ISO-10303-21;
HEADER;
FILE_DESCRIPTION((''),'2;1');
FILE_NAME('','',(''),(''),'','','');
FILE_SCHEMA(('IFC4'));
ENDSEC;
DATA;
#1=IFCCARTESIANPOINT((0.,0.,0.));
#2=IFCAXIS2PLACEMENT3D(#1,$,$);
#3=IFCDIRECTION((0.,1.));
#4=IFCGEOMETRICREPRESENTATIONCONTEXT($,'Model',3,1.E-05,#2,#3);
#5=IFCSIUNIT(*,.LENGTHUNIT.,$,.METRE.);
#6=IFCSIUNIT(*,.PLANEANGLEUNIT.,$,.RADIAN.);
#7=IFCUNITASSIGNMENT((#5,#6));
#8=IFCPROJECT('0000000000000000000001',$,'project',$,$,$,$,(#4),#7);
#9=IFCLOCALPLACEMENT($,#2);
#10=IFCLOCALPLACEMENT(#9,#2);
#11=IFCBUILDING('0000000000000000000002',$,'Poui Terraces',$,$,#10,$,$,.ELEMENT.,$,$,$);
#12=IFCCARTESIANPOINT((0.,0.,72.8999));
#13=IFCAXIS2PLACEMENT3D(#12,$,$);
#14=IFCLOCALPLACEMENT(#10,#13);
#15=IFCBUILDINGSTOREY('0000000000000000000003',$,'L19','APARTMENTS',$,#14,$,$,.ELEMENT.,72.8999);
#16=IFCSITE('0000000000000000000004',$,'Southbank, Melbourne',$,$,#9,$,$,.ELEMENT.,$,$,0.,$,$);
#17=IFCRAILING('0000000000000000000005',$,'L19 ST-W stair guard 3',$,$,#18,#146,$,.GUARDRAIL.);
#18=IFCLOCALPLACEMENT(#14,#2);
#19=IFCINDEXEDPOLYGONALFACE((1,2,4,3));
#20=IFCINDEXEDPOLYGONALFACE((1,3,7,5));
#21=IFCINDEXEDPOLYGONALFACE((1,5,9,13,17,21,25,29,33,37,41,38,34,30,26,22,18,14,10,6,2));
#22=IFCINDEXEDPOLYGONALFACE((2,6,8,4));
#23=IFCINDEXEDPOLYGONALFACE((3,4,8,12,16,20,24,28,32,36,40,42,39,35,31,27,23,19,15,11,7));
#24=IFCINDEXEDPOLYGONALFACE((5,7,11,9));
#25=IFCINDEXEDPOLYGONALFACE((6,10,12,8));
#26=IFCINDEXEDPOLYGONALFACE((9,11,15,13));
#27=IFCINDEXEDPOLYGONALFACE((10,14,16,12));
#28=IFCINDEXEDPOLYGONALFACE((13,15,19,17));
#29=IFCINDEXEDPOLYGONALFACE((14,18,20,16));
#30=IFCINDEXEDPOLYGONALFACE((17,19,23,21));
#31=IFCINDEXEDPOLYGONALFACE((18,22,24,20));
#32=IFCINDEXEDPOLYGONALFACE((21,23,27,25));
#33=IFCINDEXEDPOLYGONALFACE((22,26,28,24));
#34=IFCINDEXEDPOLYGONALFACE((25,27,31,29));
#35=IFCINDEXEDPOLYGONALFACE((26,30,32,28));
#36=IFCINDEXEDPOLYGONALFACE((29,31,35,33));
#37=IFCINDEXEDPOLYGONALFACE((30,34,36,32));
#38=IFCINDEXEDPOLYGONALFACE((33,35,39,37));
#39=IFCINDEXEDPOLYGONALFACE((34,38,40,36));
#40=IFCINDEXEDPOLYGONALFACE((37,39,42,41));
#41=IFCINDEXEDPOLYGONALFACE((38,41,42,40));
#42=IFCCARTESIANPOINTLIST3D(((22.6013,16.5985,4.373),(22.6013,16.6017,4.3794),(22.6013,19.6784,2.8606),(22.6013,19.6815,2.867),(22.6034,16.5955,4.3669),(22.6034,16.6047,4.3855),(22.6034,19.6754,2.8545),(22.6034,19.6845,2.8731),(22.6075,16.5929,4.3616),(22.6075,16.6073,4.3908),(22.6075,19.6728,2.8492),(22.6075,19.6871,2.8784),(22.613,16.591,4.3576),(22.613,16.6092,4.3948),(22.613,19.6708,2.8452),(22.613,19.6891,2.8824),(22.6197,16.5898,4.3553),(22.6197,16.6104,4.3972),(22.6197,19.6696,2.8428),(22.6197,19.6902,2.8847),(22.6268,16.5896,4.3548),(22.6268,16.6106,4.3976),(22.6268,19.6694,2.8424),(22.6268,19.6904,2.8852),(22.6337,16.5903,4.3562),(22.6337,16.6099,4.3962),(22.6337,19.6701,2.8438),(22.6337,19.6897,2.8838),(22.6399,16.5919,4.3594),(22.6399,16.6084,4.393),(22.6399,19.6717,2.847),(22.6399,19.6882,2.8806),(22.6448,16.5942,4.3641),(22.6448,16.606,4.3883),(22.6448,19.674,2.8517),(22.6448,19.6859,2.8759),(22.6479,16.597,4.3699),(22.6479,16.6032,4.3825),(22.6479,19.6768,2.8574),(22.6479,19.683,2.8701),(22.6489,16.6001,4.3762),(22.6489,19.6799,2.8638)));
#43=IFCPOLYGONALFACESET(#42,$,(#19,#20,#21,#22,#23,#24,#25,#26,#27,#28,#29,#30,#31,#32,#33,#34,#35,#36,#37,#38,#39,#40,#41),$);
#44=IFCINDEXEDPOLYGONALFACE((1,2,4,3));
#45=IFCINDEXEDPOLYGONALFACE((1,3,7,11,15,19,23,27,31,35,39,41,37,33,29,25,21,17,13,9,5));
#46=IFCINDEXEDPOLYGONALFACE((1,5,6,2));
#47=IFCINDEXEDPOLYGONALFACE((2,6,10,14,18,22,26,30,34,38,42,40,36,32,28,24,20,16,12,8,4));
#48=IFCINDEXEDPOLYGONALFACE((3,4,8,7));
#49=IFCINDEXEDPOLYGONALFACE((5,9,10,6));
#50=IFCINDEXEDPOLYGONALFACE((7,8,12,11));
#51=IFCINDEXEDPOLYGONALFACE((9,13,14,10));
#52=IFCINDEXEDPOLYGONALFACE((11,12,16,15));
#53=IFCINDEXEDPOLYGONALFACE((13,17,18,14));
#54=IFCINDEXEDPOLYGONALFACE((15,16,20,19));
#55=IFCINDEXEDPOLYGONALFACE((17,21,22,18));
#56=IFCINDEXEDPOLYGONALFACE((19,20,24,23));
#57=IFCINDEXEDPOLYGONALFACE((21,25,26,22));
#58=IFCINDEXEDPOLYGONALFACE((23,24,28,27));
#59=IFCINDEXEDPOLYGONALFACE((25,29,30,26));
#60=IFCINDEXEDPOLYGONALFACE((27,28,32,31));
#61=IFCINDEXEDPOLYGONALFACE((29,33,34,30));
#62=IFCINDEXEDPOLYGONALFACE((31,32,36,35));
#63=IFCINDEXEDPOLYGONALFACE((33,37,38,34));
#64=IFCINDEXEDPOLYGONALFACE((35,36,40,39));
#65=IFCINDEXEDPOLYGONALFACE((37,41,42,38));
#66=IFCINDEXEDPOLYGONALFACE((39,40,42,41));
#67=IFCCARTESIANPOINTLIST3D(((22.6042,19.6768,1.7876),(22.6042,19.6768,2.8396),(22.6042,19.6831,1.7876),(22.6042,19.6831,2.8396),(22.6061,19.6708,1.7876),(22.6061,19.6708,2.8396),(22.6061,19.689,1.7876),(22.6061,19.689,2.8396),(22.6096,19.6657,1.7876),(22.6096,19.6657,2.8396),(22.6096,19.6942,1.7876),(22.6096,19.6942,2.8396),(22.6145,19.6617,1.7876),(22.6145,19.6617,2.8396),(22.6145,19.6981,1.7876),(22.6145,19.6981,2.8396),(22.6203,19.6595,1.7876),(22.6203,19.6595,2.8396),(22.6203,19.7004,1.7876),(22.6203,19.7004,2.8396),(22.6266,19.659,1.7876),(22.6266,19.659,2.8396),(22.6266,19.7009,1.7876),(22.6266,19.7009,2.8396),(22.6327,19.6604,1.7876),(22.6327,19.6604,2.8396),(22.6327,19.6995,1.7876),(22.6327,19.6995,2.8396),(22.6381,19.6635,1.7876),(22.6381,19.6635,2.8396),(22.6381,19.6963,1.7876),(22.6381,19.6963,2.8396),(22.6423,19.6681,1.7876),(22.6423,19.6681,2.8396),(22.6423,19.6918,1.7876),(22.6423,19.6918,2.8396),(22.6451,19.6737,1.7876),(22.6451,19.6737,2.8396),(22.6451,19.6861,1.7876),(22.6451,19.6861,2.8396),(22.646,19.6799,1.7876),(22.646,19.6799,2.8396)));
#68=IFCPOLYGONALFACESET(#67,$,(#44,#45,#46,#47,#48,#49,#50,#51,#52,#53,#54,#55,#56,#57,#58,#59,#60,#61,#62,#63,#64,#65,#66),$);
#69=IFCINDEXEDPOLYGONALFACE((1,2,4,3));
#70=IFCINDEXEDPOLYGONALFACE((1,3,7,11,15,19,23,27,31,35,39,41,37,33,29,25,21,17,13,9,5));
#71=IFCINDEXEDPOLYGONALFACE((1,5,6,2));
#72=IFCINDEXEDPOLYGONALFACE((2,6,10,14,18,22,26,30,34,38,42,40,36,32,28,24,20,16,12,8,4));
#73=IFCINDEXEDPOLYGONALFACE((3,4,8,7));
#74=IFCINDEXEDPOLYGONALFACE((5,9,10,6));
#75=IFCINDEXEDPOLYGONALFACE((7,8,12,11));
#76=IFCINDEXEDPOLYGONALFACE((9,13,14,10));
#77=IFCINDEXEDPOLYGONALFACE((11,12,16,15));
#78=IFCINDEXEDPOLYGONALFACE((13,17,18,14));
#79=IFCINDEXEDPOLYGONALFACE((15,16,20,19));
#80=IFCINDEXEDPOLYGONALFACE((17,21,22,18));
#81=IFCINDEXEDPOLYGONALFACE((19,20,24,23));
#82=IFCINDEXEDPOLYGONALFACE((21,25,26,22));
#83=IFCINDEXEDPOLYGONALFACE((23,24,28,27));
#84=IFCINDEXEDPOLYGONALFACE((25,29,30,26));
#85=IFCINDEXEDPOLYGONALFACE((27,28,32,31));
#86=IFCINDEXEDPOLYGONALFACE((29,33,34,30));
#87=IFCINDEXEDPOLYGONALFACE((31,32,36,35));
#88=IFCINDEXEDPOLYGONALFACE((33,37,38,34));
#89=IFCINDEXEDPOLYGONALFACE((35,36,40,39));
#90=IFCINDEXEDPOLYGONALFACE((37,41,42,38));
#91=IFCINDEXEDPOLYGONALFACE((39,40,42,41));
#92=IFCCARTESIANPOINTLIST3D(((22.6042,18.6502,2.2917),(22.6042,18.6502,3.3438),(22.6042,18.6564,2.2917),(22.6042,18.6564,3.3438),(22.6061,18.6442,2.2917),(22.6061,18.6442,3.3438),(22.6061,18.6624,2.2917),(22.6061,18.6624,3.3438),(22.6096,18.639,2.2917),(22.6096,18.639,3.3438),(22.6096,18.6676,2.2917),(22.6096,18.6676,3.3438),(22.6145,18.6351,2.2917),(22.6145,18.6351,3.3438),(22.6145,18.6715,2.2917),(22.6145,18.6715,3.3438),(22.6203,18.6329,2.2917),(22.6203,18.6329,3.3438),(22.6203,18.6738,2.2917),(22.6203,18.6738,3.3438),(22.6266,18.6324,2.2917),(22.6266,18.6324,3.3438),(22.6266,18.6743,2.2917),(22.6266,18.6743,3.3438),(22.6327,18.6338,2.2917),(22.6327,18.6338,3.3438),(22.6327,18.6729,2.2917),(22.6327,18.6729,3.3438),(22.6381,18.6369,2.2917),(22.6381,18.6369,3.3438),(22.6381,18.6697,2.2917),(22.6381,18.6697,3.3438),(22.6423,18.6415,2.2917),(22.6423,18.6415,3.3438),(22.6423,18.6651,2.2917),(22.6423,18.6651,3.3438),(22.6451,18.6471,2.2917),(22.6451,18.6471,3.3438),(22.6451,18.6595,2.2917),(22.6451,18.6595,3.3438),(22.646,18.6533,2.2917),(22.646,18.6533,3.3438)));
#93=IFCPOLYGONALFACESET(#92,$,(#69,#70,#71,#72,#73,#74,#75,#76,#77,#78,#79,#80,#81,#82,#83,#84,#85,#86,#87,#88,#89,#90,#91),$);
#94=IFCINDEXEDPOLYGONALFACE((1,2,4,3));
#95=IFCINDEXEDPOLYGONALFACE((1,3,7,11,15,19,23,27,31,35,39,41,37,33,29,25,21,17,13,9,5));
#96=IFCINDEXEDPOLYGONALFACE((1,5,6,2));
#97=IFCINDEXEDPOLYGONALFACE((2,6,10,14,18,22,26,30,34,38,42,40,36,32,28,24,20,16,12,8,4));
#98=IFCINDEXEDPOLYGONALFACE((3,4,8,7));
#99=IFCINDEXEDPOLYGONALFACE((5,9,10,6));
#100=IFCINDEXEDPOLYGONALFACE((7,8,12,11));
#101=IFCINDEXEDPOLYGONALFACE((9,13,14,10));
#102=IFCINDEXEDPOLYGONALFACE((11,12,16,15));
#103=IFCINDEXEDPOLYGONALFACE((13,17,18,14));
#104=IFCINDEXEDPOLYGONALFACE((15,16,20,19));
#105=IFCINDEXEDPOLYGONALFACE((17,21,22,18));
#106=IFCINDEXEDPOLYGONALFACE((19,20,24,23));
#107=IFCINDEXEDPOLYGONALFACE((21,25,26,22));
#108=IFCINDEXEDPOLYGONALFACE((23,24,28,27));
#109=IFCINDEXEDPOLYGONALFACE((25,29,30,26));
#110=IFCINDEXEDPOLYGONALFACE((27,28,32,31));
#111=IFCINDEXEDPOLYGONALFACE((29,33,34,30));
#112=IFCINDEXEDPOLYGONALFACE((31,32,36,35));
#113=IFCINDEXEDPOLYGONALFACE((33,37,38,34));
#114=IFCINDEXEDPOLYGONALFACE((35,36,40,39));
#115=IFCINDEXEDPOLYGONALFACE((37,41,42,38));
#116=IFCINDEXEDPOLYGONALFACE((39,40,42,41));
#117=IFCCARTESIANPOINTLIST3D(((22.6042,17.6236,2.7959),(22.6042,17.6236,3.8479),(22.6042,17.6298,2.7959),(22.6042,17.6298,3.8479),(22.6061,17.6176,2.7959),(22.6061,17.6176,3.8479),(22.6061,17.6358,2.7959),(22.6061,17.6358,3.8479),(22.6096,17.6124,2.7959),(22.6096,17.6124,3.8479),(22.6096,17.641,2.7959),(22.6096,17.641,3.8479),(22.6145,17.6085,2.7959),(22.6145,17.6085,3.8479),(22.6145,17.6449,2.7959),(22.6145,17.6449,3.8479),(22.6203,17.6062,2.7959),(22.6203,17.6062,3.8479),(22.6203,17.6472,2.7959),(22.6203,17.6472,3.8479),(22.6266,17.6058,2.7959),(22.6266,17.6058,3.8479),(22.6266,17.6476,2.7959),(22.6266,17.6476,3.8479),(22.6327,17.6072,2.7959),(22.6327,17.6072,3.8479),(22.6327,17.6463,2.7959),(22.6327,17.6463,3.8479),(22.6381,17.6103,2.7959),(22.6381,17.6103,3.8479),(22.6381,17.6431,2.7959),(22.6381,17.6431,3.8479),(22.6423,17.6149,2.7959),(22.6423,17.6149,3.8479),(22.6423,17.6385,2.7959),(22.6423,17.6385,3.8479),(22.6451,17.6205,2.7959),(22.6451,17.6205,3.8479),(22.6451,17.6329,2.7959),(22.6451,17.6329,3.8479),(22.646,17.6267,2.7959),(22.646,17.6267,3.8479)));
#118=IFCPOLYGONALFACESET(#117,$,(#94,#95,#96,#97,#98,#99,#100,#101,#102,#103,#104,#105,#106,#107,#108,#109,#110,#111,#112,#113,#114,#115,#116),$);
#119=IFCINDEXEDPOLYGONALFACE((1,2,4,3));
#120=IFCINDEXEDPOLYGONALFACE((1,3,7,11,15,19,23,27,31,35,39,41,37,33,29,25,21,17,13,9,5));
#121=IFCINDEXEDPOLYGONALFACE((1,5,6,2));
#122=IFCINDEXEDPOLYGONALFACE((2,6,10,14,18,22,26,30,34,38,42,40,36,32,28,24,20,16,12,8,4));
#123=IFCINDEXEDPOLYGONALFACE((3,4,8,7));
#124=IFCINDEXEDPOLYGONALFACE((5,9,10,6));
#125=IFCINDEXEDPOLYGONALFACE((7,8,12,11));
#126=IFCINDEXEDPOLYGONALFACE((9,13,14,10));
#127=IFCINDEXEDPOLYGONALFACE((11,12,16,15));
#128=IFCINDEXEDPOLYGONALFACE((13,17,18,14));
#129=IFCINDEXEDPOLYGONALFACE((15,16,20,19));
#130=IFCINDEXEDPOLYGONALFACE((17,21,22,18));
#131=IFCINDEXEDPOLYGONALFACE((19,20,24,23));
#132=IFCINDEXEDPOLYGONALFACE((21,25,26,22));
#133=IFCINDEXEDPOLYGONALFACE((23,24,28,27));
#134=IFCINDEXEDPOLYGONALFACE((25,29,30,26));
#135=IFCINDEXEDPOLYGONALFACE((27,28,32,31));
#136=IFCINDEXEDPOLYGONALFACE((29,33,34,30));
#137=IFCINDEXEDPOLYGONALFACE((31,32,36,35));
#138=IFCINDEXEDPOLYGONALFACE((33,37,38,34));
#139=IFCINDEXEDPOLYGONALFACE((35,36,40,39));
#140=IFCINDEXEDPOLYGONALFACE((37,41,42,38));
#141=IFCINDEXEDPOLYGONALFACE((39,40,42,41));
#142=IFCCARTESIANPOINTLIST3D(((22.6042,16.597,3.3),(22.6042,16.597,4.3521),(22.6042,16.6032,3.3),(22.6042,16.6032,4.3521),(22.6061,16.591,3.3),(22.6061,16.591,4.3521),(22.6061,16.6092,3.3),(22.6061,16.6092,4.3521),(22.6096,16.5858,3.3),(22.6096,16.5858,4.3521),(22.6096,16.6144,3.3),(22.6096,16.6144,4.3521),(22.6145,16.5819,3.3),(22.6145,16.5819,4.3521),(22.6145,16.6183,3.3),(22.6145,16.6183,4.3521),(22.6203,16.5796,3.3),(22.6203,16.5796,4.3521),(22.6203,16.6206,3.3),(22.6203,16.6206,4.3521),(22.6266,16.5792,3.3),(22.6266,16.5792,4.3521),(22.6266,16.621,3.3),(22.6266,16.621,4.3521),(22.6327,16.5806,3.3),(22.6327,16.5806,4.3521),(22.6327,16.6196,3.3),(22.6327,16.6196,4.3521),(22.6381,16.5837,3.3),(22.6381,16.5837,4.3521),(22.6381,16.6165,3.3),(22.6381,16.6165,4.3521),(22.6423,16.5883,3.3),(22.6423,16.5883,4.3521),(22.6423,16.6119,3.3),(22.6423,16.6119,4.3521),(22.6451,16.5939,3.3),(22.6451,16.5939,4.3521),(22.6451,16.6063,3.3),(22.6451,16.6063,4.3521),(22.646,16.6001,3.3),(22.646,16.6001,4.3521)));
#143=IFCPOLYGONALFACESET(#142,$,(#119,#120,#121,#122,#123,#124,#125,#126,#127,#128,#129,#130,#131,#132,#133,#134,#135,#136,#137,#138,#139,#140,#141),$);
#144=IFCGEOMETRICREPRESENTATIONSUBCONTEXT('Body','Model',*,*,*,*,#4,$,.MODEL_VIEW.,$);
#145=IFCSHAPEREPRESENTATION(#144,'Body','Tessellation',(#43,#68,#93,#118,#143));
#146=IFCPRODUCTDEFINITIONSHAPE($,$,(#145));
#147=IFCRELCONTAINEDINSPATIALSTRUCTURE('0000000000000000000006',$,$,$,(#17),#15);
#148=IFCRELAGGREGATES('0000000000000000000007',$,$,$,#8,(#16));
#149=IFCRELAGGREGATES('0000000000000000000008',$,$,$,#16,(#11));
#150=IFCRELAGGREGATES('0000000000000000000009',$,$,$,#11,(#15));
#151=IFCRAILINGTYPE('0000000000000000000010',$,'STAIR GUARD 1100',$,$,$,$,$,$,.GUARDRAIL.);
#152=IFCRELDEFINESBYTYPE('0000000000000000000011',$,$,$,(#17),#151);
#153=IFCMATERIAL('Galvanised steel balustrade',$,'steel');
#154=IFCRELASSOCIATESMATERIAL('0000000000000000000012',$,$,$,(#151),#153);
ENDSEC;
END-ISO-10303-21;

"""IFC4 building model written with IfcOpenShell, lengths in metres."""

from ifc_helpers import new_model, si_unit, direction, frame, origin, origin_2d, place, context, subcontext, project, spatial, circle, extrude, material, type_object, element, save


model = new_model("IFC4")

# Units and contexts
model_context = context("Model", 3, precision=1e-05, world=origin(), true_north=direction((0.0, 1.0)))
body_context = subcontext(model_context, "Body", "Model", "MODEL_VIEW")
ifc_project = project(units=[si_unit("LENGTHUNIT", "METRE"), si_unit("PLANEANGLEUNIT", "RADIAN")], contexts=[model_context])

# Site, building, storey
site_placement = place(None, origin())
site = spatial("IfcSite", under=ifc_project, at=site_placement, Name="Southbank, Melbourne", CompositionType="ELEMENT", RefElevation=0.0)
building_placement = place(site_placement, origin())
building = spatial("IfcBuilding", under=site, at=building_placement, Name="Poui Terraces", CompositionType="ELEMENT")
storey_placement = place(building_placement, frame((0.0, 0.0, 72.8999)))
storey = spatial("IfcBuildingStorey", under=building, at=storey_placement, Name="L19", Description="APARTMENTS", CompositionType="ELEMENT", Elevation=72.8999)

# Railing
ifc_material_1 = material(Name="Galvanised steel balustrade", Category="steel")
railing_type_1 = type_object("IfcRailingType", Name="STAIR GUARD 1100", PredefinedType="GUARDRAIL", material=ifc_material_1)
railing_1_placement = place(storey_placement, frame((22.625, 19.6799, 1.7876)))
element("IfcRailing", 1, at=railing_1_placement, inside=storey, type_object=railing_type_1, Name="L19 ST-W stair guard 3", PredefinedType="GUARDRAIL", context=body_context, shape_type="SweptSolid", body=[
    extrude(circle(Radius=0.0239, at=origin_2d()), frame((0.0, 0.0, 1.0762), z_axis=(0.0, -0.897606, 0.440798), x_axis=(1.0, 0.0, 0.0)), (0.0, 0.0, 1.0), 3.4312),
    extrude(circle(Radius=0.021, at=origin_2d()), origin(), (0.0, 0.0, 1.0), 1.052),
    extrude(circle(Radius=0.021, at=origin_2d()), frame((0.0, -1.0266, 0.5042)), (0.0, 0.0, 1.0), 1.052),
    extrude(circle(Radius=0.021, at=origin_2d()), frame((0.0, -2.0532, 1.0083)), (0.0, 0.0, 1.0), 1.052),
    extrude(circle(Radius=0.021, at=origin_2d()), frame((0.0, -3.0798, 1.5125)), (0.0, 0.0, 1.0), 1.052),
])

save(model, "model.ifc")
